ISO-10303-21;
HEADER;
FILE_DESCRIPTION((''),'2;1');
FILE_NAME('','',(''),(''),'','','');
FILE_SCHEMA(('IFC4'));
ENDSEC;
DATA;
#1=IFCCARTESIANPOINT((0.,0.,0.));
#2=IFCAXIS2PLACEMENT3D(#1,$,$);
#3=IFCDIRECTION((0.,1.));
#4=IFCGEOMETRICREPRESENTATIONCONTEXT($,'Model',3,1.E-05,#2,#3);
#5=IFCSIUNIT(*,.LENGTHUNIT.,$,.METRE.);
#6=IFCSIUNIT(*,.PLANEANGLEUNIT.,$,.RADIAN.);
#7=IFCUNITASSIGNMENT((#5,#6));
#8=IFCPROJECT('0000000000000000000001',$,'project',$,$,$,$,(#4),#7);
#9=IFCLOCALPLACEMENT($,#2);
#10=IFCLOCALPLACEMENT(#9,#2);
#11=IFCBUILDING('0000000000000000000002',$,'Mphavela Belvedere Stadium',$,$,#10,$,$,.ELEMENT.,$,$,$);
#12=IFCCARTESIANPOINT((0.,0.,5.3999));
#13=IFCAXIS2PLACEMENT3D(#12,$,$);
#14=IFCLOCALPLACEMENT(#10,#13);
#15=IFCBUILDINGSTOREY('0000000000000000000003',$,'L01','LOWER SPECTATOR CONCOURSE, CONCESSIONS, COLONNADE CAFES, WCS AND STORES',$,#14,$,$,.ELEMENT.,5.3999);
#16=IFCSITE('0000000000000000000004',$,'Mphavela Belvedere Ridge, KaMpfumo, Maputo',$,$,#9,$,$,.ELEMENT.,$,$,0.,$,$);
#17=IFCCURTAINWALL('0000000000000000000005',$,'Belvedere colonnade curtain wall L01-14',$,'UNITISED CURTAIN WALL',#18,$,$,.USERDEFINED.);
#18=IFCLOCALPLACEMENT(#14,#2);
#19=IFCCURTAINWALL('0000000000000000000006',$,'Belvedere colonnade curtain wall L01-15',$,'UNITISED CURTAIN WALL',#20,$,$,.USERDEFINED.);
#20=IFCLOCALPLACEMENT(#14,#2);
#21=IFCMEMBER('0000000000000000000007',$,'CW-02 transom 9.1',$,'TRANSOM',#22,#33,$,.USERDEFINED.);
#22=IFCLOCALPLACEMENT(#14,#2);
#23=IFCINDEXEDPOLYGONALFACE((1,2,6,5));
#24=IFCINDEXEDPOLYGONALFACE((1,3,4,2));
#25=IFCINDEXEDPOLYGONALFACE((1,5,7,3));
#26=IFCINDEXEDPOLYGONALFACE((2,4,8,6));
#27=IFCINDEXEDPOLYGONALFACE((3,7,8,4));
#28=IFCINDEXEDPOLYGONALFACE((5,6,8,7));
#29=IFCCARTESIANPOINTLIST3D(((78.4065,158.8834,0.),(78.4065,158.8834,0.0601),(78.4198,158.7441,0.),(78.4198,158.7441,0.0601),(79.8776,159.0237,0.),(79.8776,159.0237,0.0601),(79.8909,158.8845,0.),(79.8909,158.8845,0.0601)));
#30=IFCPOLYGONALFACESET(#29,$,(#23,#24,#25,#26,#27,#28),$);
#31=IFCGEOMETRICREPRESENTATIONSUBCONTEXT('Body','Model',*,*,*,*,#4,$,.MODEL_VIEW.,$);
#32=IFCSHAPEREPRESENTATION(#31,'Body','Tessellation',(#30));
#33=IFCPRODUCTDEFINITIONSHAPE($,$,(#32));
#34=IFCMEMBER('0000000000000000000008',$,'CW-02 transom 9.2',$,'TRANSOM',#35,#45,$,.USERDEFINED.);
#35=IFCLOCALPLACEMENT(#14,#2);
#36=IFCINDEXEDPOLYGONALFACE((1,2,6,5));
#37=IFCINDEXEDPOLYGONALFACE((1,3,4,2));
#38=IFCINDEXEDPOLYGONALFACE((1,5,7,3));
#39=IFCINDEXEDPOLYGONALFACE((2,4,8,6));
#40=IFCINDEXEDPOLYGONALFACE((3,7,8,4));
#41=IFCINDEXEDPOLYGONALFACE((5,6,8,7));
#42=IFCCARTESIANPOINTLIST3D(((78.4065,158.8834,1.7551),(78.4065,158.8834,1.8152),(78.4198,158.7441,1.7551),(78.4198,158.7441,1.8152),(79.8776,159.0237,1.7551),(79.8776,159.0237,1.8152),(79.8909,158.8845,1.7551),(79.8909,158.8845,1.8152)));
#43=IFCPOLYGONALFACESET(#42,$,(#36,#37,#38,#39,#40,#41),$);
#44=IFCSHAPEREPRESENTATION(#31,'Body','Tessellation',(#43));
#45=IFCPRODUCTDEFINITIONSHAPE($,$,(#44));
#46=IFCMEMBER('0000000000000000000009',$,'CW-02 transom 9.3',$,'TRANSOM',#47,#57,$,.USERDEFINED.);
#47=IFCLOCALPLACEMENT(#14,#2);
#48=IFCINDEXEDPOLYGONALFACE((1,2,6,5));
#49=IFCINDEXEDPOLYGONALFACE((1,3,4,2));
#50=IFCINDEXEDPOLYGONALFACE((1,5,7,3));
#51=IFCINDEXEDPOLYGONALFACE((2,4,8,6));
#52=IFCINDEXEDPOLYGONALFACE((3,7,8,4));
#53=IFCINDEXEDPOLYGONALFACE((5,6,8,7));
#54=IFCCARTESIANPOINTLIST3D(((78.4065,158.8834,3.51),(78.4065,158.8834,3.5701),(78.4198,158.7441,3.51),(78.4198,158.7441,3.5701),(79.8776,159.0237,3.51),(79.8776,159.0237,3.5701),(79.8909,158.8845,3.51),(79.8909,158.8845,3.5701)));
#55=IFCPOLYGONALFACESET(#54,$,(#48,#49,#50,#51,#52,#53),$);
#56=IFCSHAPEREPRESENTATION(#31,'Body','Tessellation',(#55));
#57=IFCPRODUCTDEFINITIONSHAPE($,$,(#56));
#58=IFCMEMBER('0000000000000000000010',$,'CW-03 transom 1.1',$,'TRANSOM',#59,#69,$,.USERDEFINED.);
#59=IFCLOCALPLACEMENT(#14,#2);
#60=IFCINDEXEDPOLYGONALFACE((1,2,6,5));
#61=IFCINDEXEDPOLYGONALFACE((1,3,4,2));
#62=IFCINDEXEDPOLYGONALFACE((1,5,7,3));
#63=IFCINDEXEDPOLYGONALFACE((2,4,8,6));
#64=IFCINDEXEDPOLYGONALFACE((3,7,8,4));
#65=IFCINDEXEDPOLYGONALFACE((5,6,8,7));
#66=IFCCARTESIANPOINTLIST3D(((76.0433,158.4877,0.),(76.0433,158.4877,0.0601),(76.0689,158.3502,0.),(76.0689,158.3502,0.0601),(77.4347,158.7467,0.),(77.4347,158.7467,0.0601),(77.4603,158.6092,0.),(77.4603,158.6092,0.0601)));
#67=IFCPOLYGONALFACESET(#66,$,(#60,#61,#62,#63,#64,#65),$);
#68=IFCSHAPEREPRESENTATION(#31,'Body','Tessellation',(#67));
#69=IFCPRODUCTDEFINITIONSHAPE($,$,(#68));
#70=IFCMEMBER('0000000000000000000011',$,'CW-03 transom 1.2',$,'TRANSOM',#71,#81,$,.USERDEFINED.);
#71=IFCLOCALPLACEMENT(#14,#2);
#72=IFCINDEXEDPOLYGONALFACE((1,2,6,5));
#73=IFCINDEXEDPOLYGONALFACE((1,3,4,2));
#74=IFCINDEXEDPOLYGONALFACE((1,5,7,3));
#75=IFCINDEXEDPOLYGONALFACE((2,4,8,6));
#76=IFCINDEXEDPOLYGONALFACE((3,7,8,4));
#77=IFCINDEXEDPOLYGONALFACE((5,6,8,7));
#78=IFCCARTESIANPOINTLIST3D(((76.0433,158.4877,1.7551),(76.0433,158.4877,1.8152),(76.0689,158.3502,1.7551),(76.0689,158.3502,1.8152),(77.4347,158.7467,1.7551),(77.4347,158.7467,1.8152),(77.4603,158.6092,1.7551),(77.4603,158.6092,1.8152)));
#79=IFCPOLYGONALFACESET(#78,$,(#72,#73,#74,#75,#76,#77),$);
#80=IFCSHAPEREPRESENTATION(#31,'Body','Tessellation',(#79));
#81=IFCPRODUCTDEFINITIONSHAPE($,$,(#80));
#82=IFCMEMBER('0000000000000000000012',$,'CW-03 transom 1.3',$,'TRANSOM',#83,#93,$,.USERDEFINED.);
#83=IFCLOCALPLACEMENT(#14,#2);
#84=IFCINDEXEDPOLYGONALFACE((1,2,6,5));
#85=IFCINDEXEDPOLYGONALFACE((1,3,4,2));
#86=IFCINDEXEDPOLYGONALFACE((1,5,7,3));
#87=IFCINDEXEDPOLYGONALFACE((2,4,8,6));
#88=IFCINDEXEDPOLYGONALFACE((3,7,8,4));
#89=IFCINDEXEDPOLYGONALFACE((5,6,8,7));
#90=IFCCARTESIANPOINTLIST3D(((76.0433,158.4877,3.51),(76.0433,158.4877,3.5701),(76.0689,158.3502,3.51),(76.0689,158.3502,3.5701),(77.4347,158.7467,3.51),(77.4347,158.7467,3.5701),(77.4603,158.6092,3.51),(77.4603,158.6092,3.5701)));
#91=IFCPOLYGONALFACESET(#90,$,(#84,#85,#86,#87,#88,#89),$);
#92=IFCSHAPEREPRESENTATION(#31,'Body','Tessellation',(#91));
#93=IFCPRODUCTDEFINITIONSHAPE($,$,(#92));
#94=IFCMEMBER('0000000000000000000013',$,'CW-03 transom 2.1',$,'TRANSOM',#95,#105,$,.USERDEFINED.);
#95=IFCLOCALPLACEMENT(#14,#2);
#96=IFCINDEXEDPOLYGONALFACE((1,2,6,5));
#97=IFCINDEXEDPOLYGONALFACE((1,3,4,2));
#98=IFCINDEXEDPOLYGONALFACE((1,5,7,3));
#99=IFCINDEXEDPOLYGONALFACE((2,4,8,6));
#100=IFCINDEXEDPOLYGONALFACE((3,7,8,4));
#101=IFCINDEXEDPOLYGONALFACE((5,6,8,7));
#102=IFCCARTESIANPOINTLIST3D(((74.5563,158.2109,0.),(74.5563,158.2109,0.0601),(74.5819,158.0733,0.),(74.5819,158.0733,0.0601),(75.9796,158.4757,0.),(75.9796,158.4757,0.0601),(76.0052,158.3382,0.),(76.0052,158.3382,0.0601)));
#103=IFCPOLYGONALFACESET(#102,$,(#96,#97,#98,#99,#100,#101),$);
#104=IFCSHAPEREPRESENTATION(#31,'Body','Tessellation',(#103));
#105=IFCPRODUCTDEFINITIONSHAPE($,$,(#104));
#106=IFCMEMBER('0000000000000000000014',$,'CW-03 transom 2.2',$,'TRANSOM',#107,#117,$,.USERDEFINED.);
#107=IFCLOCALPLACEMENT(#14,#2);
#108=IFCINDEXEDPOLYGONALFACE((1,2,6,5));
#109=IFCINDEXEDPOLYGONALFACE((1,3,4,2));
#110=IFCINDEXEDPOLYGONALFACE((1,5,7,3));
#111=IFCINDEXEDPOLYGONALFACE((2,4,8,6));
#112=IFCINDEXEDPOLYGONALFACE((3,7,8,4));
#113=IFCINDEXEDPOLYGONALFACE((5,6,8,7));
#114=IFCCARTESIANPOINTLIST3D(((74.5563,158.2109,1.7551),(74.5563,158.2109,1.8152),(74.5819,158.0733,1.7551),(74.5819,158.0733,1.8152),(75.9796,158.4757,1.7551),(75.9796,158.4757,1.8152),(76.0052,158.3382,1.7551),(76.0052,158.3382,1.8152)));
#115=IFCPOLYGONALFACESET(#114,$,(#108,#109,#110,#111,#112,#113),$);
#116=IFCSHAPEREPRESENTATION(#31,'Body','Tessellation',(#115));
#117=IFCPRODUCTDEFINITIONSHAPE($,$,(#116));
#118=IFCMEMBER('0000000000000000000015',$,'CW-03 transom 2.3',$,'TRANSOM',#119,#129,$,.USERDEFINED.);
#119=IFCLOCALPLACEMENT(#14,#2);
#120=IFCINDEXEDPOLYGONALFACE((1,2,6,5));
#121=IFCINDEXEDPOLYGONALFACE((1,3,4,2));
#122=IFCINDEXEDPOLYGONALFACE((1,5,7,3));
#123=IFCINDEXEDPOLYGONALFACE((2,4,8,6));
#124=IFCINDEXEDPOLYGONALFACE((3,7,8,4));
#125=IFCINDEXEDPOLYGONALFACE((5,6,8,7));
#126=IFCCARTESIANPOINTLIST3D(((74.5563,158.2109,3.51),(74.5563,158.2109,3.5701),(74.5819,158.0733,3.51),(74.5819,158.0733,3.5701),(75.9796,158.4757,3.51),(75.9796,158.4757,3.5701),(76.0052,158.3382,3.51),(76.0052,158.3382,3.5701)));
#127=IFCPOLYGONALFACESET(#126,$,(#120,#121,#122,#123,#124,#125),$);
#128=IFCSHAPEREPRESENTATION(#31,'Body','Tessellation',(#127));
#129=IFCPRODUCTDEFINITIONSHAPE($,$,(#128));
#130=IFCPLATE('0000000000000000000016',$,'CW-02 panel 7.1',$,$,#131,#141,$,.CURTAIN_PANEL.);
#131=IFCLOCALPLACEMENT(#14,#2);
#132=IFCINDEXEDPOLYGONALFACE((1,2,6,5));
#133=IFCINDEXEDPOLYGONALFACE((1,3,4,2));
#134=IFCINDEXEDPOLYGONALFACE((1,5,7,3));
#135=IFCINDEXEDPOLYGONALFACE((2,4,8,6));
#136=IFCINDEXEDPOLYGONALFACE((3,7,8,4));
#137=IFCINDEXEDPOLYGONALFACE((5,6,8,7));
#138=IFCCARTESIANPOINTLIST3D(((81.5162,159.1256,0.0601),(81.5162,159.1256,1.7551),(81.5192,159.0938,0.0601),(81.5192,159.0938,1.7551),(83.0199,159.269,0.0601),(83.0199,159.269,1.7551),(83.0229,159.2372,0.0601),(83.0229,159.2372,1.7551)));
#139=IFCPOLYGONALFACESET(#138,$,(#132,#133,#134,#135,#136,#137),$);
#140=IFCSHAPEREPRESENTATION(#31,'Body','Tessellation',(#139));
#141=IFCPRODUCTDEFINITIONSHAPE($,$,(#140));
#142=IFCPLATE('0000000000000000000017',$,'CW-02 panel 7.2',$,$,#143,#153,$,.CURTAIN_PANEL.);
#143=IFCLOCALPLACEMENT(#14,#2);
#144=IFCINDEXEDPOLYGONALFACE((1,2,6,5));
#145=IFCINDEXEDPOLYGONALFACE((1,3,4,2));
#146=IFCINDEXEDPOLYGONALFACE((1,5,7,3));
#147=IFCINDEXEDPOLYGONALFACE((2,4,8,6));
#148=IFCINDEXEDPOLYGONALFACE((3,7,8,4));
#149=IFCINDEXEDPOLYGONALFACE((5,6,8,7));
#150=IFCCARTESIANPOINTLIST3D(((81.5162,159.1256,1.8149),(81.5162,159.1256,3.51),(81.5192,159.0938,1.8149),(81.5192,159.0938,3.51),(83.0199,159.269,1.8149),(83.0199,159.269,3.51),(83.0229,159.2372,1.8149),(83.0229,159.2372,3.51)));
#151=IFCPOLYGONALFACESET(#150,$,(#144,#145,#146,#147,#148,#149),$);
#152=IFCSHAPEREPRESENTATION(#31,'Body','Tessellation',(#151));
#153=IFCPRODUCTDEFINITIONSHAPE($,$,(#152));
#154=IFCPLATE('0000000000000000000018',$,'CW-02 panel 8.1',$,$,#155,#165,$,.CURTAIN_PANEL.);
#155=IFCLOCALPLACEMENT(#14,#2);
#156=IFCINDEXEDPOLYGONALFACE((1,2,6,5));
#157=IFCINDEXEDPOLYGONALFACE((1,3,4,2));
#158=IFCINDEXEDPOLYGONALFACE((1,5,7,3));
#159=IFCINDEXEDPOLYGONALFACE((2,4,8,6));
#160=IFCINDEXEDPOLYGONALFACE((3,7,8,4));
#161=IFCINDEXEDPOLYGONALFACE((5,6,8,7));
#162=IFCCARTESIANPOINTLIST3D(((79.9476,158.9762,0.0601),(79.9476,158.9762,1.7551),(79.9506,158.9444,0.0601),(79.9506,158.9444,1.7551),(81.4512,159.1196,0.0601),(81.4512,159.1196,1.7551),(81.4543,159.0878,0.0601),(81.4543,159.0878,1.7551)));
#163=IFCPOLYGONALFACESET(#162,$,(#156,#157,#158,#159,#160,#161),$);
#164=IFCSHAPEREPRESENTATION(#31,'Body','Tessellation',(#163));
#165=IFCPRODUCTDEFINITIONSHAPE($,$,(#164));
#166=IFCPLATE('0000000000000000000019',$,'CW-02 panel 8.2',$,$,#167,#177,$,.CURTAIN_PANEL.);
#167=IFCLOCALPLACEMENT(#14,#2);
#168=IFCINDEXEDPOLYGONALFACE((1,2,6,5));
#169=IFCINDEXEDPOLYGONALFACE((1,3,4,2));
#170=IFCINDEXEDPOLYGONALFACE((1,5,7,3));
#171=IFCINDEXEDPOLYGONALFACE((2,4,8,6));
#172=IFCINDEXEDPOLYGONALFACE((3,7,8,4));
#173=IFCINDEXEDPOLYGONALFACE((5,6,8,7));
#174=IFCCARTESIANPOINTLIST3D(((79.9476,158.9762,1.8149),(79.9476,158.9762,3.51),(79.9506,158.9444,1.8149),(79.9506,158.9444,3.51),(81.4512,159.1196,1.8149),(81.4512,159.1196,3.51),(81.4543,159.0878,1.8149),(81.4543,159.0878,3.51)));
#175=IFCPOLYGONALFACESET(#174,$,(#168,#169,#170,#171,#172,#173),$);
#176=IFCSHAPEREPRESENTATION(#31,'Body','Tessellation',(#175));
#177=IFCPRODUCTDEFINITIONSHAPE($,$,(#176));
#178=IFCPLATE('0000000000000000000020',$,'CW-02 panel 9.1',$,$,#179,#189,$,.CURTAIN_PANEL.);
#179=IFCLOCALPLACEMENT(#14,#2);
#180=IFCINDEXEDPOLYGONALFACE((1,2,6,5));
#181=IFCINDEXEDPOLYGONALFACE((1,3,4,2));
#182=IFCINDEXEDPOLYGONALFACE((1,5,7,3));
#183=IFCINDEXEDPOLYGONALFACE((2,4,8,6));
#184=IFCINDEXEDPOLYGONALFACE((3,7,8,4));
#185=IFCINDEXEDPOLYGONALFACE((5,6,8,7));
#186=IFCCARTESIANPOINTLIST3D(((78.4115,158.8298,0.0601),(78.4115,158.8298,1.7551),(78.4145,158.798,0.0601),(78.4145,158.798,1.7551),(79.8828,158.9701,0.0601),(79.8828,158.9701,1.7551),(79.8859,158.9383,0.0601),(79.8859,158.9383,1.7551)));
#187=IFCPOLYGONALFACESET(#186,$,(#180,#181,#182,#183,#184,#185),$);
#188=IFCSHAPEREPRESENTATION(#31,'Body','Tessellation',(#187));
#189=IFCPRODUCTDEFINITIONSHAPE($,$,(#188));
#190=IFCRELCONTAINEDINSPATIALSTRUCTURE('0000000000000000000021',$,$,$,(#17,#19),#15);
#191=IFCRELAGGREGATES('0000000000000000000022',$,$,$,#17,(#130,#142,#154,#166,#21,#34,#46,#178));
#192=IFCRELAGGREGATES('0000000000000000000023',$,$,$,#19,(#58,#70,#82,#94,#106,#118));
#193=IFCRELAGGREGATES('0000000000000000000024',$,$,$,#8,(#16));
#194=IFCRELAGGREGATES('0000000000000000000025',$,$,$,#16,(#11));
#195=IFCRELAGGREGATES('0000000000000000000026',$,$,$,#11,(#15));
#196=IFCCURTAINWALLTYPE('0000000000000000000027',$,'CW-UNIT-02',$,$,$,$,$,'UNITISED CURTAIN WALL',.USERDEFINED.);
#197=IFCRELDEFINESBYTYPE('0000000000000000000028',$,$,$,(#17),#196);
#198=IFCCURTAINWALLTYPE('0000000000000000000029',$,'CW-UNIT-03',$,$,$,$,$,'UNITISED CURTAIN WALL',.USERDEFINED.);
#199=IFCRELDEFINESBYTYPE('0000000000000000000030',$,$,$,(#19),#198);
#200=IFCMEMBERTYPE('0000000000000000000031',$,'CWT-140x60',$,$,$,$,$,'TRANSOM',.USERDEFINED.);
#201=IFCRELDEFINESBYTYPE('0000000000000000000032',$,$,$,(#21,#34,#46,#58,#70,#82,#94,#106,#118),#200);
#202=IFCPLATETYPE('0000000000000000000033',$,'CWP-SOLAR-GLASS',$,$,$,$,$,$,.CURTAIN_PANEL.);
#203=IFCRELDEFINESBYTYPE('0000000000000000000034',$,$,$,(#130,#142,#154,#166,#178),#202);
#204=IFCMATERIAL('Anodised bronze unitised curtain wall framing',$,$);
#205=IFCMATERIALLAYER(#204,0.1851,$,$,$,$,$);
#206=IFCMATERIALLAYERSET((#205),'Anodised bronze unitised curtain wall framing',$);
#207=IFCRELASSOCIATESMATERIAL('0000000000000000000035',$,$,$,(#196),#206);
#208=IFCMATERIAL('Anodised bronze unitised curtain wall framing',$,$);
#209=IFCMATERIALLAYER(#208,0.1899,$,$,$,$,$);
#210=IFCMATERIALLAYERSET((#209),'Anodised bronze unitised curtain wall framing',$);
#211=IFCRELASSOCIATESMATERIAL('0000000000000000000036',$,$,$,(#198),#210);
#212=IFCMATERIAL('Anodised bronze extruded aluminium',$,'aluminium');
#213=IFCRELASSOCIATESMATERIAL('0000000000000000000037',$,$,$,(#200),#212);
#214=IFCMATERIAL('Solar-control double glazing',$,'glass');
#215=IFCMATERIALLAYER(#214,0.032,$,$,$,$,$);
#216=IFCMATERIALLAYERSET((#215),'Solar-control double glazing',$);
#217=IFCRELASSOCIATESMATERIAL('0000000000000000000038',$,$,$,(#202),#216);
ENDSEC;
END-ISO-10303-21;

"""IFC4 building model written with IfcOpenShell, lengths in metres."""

from ifc_helpers import new_model, si_unit, direction, frame, origin, origin_2d, place, context, subcontext, project, spatial, rectangle, extrude, material, layer, layer_set, material_profile, profile_set, type_object, element, aggregate, save


model = new_model("IFC4")

# Units and contexts
model_context = context("Model", 3, precision=1e-05, world=origin(), true_north=direction((0.0, 1.0)))
body_context = subcontext(model_context, "Body", "Model", "MODEL_VIEW")
ifc_project = project(units=[si_unit("LENGTHUNIT", "METRE"), si_unit("PLANEANGLEUNIT", "RADIAN")], contexts=[model_context])

# Site, building, storey
site_placement = place(None, origin())
site = spatial("IfcSite", under=ifc_project, at=site_placement, Name="Mphavela Belvedere Ridge, KaMpfumo, Maputo", CompositionType="ELEMENT", RefElevation=0.0)
building_placement = place(site_placement, origin())
building = spatial("IfcBuilding", under=site, at=building_placement, Name="Mphavela Belvedere Stadium", CompositionType="ELEMENT")
storey_placement = place(building_placement, frame((0.0, 0.0, 5.3999)))
storey = spatial("IfcBuildingStorey", under=building, at=storey_placement, Name="L01", Description="LOWER SPECTATOR CONCOURSE, CONCESSIONS, COLONNADE CAFES, WCS AND STORES", CompositionType="ELEMENT", Elevation=5.3999)

# Curtain walls
ifc_material_1 = material(Name="Anodised bronze unitised curtain wall framing")
ifc_layer_1 = layer(ifc_material_1, 0.1851)
ifc_layer_set_1 = layer_set([ifc_layer_1], Name="Anodised bronze unitised curtain wall framing")
curtain_wall_type_1 = type_object("IfcCurtainWallType", Name="CW-UNIT-02", ElementType="UNITISED CURTAIN WALL", PredefinedType="USERDEFINED", material=ifc_layer_set_1)
curtain_wall_1_placement = place(storey_placement, origin())
curtain_wall_1 = element("IfcCurtainWall", 1, at=curtain_wall_1_placement, inside=storey, type_object=curtain_wall_type_1, Name="Belvedere colonnade curtain wall L01-14", ObjectType="UNITISED CURTAIN WALL", PredefinedType="USERDEFINED")
ifc_material_2 = material(Name="Anodised bronze unitised curtain wall framing")
ifc_layer_2 = layer(ifc_material_2, 0.1899)
ifc_layer_set_2 = layer_set([ifc_layer_2], Name="Anodised bronze unitised curtain wall framing")
curtain_wall_type_2 = type_object("IfcCurtainWallType", Name="CW-UNIT-03", ElementType="UNITISED CURTAIN WALL", PredefinedType="USERDEFINED", material=ifc_layer_set_2)
curtain_wall_2_placement = place(storey_placement, origin())
curtain_wall_2 = element("IfcCurtainWall", 2, at=curtain_wall_2_placement, inside=storey, type_object=curtain_wall_type_2, Name="Belvedere colonnade curtain wall L01-15", ObjectType="UNITISED CURTAIN WALL", PredefinedType="USERDEFINED")

# Members
ifc_material_3 = material(Name="Anodised bronze extruded aluminium", Category="aluminium")
ifc_material_profile_1 = material_profile(ifc_material_3, rectangle(XDim=0.1399, YDim=0.0601, at=origin_2d()), Name="CW-TRN 140x60")
ifc_profile_set_1 = profile_set([ifc_material_profile_1], Name="Anodised bronze extruded aluminium")
member_type_1 = type_object("IfcMemberType", Name="CWT-140x60", ElementType="TRANSOM", PredefinedType="USERDEFINED", material=ifc_profile_set_1)
member_1_placement = place(storey_placement, frame((79.8843, 158.9541, 0.03), z_axis=(-0.995478, -0.094988, 0.0), x_axis=(0.094988, -0.995478, 0.0)))
member_1 = element("IfcMember", 3, at=member_1_placement, type_object=member_type_1, Name="CW-02 transom 9.1", ObjectType="TRANSOM", PredefinedType="USERDEFINED", context=body_context, shape_type="SweptSolid", body=[
    extrude(rectangle(XDim=0.1399, YDim=0.0601, at=origin_2d()), origin(), (0.0, 0.0, 1.0), 1.4778),
])
member_2_placement = place(storey_placement, frame((79.8843, 158.9541, 1.7852), z_axis=(-0.995478, -0.094988, 0.0), x_axis=(0.094988, -0.995478, 0.0)))
member_2 = element("IfcMember", 4, at=member_2_placement, type_object=member_type_1, Name="CW-02 transom 9.2", ObjectType="TRANSOM", PredefinedType="USERDEFINED", context=body_context, shape_type="SweptSolid", body=[
    extrude(rectangle(XDim=0.1399, YDim=0.0601, at=origin_2d()), origin(), (0.0, 0.0, 1.0), 1.4778),
])
member_3_placement = place(storey_placement, frame((79.8843, 158.9541, 3.54), z_axis=(-0.995478, -0.094988, 0.0), x_axis=(0.094988, -0.995478, 0.0)))
member_3 = element("IfcMember", 5, at=member_3_placement, type_object=member_type_1, Name="CW-02 transom 9.3", ObjectType="TRANSOM", PredefinedType="USERDEFINED", context=body_context, shape_type="SweptSolid", body=[
    extrude(rectangle(XDim=0.1399, YDim=0.0601, at=origin_2d()), origin(), (0.0, 0.0, 1.0), 1.4778),
])
member_4_placement = place(storey_placement, frame((77.4475, 158.678, 0.03), z_axis=(-0.983108, -0.183028, 0.0), x_axis=(0.183028, -0.983108, 0.0)))
member_4 = element("IfcMember", 6, at=member_4_placement, type_object=member_type_1, Name="CW-03 transom 1.1", ObjectType="TRANSOM", PredefinedType="USERDEFINED", context=body_context, shape_type="SweptSolid", body=[
    extrude(rectangle(XDim=0.1399, YDim=0.0601, at=origin_2d()), origin(), (0.0, 0.0, 1.0), 1.4153),
])
member_5_placement = place(storey_placement, frame((77.4475, 158.678, 1.7852), z_axis=(-0.983108, -0.183028, 0.0), x_axis=(0.183028, -0.983108, 0.0)))
member_5 = element("IfcMember", 7, at=member_5_placement, type_object=member_type_1, Name="CW-03 transom 1.2", ObjectType="TRANSOM", PredefinedType="USERDEFINED", context=body_context, shape_type="SweptSolid", body=[
    extrude(rectangle(XDim=0.1399, YDim=0.0601, at=origin_2d()), origin(), (0.0, 0.0, 1.0), 1.4153),
])
member_6_placement = place(storey_placement, frame((77.4475, 158.678, 3.54), z_axis=(-0.983108, -0.183028, 0.0), x_axis=(0.183028, -0.983108, 0.0)))
member_6 = element("IfcMember", 8, at=member_6_placement, type_object=member_type_1, Name="CW-03 transom 1.3", ObjectType="TRANSOM", PredefinedType="USERDEFINED", context=body_context, shape_type="SweptSolid", body=[
    extrude(rectangle(XDim=0.1399, YDim=0.0601, at=origin_2d()), origin(), (0.0, 0.0, 1.0), 1.4153),
])
member_7_placement = place(storey_placement, frame((75.9924, 158.407, 0.03), z_axis=(-0.983119, -0.182965, 0.0), x_axis=(0.182965, -0.983119, 0.0)))
member_7 = element("IfcMember", 9, at=member_7_placement, type_object=member_type_1, Name="CW-03 transom 2.1", ObjectType="TRANSOM", PredefinedType="USERDEFINED", context=body_context, shape_type="SweptSolid", body=[
    extrude(rectangle(XDim=0.1399, YDim=0.0601, at=origin_2d()), origin(), (0.0, 0.0, 1.0), 1.4478),
])
member_8_placement = place(storey_placement, frame((75.9924, 158.407, 1.7852), z_axis=(-0.983119, -0.182965, 0.0), x_axis=(0.182965, -0.983119, 0.0)))
member_8 = element("IfcMember", 10, at=member_8_placement, type_object=member_type_1, Name="CW-03 transom 2.2", ObjectType="TRANSOM", PredefinedType="USERDEFINED", context=body_context, shape_type="SweptSolid", body=[
    extrude(rectangle(XDim=0.1399, YDim=0.0601, at=origin_2d()), origin(), (0.0, 0.0, 1.0), 1.4478),
])
member_9_placement = place(storey_placement, frame((75.9924, 158.407, 3.54), z_axis=(-0.983119, -0.182965, 0.0), x_axis=(0.182965, -0.983119, 0.0)))
member_9 = element("IfcMember", 11, at=member_9_placement, type_object=member_type_1, Name="CW-03 transom 2.3", ObjectType="TRANSOM", PredefinedType="USERDEFINED", context=body_context, shape_type="SweptSolid", body=[
    extrude(rectangle(XDim=0.1399, YDim=0.0601, at=origin_2d()), origin(), (0.0, 0.0, 1.0), 1.4478),
])

# Plates
ifc_material_4 = material(Name="Solar-control double glazing", Category="glass")
ifc_layer_3 = layer(ifc_material_4, 0.032)
ifc_layer_set_3 = layer_set([ifc_layer_3], Name="Solar-control double glazing")
plate_type = type_object("IfcPlateType", Name="CWP-SOLAR-GLASS", PredefinedType="CURTAIN_PANEL", material=ifc_layer_set_3)
plate_1_placement = place(storey_placement, frame((82.2695, 159.1814, 0.0601), z_axis=(0.0, 0.0, 1.0), x_axis=(-0.995485, -0.094922, 0.0)))
plate_1 = element("IfcPlate", 12, at=plate_1_placement, type_object=plate_type, Name="CW-02 panel 7.1", PredefinedType="CURTAIN_PANEL", context=body_context, shape_type="SweptSolid", body=[
    extrude(rectangle(XDim=1.5105, YDim=0.032, at=origin_2d()), origin(), (0.0, 0.0, 1.0), 1.6951),
])
plate_2_placement = place(storey_placement, frame((82.2695, 159.1814, 1.8149), z_axis=(0.0, 0.0, 1.0), x_axis=(-0.995485, -0.094922, 0.0)))
plate_2 = element("IfcPlate", 13, at=plate_2_placement, type_object=plate_type, Name="CW-02 panel 7.2", PredefinedType="CURTAIN_PANEL", context=body_context, shape_type="SweptSolid", body=[
    extrude(rectangle(XDim=1.5105, YDim=0.032, at=origin_2d()), origin(), (0.0, 0.0, 1.0), 1.6951),
])
plate_3_placement = place(storey_placement, frame((80.7009, 159.032, 0.0601), z_axis=(0.0, 0.0, 1.0), x_axis=(-0.995485, -0.094922, 0.0)))
plate_3 = element("IfcPlate", 14, at=plate_3_placement, type_object=plate_type, Name="CW-02 panel 8.1", PredefinedType="CURTAIN_PANEL", context=body_context, shape_type="SweptSolid", body=[
    extrude(rectangle(XDim=1.5105, YDim=0.032, at=origin_2d()), origin(), (0.0, 0.0, 1.0), 1.6951),
])
plate_4_placement = place(storey_placement, frame((80.7009, 159.032, 1.8149), z_axis=(0.0, 0.0, 1.0), x_axis=(-0.995485, -0.094922, 0.0)))
plate_4 = element("IfcPlate", 15, at=plate_4_placement, type_object=plate_type, Name="CW-02 panel 8.2", PredefinedType="CURTAIN_PANEL", context=body_context, shape_type="SweptSolid", body=[
    extrude(rectangle(XDim=1.5105, YDim=0.032, at=origin_2d()), origin(), (0.0, 0.0, 1.0), 1.6951),
])
plate_5_placement = place(storey_placement, frame((79.1487, 158.884, 0.0601), z_axis=(0.0, 0.0, 1.0), x_axis=(-0.995485, -0.094922, 0.0)))
plate_5 = element("IfcPlate", 16, at=plate_5_placement, type_object=plate_type, Name="CW-02 panel 9.1", PredefinedType="CURTAIN_PANEL", context=body_context, shape_type="SweptSolid", body=[
    extrude(rectangle(XDim=1.478, YDim=0.032, at=origin_2d()), origin(), (0.0, 0.0, 1.0), 1.6951),
])
aggregate(curtain_wall_1, [plate_1, plate_2, plate_3, plate_4, member_1, member_2, member_3, plate_5])
aggregate(curtain_wall_2, [member_4, member_5, member_6, member_7, member_8, member_9])

save(model, "model.ifc")
